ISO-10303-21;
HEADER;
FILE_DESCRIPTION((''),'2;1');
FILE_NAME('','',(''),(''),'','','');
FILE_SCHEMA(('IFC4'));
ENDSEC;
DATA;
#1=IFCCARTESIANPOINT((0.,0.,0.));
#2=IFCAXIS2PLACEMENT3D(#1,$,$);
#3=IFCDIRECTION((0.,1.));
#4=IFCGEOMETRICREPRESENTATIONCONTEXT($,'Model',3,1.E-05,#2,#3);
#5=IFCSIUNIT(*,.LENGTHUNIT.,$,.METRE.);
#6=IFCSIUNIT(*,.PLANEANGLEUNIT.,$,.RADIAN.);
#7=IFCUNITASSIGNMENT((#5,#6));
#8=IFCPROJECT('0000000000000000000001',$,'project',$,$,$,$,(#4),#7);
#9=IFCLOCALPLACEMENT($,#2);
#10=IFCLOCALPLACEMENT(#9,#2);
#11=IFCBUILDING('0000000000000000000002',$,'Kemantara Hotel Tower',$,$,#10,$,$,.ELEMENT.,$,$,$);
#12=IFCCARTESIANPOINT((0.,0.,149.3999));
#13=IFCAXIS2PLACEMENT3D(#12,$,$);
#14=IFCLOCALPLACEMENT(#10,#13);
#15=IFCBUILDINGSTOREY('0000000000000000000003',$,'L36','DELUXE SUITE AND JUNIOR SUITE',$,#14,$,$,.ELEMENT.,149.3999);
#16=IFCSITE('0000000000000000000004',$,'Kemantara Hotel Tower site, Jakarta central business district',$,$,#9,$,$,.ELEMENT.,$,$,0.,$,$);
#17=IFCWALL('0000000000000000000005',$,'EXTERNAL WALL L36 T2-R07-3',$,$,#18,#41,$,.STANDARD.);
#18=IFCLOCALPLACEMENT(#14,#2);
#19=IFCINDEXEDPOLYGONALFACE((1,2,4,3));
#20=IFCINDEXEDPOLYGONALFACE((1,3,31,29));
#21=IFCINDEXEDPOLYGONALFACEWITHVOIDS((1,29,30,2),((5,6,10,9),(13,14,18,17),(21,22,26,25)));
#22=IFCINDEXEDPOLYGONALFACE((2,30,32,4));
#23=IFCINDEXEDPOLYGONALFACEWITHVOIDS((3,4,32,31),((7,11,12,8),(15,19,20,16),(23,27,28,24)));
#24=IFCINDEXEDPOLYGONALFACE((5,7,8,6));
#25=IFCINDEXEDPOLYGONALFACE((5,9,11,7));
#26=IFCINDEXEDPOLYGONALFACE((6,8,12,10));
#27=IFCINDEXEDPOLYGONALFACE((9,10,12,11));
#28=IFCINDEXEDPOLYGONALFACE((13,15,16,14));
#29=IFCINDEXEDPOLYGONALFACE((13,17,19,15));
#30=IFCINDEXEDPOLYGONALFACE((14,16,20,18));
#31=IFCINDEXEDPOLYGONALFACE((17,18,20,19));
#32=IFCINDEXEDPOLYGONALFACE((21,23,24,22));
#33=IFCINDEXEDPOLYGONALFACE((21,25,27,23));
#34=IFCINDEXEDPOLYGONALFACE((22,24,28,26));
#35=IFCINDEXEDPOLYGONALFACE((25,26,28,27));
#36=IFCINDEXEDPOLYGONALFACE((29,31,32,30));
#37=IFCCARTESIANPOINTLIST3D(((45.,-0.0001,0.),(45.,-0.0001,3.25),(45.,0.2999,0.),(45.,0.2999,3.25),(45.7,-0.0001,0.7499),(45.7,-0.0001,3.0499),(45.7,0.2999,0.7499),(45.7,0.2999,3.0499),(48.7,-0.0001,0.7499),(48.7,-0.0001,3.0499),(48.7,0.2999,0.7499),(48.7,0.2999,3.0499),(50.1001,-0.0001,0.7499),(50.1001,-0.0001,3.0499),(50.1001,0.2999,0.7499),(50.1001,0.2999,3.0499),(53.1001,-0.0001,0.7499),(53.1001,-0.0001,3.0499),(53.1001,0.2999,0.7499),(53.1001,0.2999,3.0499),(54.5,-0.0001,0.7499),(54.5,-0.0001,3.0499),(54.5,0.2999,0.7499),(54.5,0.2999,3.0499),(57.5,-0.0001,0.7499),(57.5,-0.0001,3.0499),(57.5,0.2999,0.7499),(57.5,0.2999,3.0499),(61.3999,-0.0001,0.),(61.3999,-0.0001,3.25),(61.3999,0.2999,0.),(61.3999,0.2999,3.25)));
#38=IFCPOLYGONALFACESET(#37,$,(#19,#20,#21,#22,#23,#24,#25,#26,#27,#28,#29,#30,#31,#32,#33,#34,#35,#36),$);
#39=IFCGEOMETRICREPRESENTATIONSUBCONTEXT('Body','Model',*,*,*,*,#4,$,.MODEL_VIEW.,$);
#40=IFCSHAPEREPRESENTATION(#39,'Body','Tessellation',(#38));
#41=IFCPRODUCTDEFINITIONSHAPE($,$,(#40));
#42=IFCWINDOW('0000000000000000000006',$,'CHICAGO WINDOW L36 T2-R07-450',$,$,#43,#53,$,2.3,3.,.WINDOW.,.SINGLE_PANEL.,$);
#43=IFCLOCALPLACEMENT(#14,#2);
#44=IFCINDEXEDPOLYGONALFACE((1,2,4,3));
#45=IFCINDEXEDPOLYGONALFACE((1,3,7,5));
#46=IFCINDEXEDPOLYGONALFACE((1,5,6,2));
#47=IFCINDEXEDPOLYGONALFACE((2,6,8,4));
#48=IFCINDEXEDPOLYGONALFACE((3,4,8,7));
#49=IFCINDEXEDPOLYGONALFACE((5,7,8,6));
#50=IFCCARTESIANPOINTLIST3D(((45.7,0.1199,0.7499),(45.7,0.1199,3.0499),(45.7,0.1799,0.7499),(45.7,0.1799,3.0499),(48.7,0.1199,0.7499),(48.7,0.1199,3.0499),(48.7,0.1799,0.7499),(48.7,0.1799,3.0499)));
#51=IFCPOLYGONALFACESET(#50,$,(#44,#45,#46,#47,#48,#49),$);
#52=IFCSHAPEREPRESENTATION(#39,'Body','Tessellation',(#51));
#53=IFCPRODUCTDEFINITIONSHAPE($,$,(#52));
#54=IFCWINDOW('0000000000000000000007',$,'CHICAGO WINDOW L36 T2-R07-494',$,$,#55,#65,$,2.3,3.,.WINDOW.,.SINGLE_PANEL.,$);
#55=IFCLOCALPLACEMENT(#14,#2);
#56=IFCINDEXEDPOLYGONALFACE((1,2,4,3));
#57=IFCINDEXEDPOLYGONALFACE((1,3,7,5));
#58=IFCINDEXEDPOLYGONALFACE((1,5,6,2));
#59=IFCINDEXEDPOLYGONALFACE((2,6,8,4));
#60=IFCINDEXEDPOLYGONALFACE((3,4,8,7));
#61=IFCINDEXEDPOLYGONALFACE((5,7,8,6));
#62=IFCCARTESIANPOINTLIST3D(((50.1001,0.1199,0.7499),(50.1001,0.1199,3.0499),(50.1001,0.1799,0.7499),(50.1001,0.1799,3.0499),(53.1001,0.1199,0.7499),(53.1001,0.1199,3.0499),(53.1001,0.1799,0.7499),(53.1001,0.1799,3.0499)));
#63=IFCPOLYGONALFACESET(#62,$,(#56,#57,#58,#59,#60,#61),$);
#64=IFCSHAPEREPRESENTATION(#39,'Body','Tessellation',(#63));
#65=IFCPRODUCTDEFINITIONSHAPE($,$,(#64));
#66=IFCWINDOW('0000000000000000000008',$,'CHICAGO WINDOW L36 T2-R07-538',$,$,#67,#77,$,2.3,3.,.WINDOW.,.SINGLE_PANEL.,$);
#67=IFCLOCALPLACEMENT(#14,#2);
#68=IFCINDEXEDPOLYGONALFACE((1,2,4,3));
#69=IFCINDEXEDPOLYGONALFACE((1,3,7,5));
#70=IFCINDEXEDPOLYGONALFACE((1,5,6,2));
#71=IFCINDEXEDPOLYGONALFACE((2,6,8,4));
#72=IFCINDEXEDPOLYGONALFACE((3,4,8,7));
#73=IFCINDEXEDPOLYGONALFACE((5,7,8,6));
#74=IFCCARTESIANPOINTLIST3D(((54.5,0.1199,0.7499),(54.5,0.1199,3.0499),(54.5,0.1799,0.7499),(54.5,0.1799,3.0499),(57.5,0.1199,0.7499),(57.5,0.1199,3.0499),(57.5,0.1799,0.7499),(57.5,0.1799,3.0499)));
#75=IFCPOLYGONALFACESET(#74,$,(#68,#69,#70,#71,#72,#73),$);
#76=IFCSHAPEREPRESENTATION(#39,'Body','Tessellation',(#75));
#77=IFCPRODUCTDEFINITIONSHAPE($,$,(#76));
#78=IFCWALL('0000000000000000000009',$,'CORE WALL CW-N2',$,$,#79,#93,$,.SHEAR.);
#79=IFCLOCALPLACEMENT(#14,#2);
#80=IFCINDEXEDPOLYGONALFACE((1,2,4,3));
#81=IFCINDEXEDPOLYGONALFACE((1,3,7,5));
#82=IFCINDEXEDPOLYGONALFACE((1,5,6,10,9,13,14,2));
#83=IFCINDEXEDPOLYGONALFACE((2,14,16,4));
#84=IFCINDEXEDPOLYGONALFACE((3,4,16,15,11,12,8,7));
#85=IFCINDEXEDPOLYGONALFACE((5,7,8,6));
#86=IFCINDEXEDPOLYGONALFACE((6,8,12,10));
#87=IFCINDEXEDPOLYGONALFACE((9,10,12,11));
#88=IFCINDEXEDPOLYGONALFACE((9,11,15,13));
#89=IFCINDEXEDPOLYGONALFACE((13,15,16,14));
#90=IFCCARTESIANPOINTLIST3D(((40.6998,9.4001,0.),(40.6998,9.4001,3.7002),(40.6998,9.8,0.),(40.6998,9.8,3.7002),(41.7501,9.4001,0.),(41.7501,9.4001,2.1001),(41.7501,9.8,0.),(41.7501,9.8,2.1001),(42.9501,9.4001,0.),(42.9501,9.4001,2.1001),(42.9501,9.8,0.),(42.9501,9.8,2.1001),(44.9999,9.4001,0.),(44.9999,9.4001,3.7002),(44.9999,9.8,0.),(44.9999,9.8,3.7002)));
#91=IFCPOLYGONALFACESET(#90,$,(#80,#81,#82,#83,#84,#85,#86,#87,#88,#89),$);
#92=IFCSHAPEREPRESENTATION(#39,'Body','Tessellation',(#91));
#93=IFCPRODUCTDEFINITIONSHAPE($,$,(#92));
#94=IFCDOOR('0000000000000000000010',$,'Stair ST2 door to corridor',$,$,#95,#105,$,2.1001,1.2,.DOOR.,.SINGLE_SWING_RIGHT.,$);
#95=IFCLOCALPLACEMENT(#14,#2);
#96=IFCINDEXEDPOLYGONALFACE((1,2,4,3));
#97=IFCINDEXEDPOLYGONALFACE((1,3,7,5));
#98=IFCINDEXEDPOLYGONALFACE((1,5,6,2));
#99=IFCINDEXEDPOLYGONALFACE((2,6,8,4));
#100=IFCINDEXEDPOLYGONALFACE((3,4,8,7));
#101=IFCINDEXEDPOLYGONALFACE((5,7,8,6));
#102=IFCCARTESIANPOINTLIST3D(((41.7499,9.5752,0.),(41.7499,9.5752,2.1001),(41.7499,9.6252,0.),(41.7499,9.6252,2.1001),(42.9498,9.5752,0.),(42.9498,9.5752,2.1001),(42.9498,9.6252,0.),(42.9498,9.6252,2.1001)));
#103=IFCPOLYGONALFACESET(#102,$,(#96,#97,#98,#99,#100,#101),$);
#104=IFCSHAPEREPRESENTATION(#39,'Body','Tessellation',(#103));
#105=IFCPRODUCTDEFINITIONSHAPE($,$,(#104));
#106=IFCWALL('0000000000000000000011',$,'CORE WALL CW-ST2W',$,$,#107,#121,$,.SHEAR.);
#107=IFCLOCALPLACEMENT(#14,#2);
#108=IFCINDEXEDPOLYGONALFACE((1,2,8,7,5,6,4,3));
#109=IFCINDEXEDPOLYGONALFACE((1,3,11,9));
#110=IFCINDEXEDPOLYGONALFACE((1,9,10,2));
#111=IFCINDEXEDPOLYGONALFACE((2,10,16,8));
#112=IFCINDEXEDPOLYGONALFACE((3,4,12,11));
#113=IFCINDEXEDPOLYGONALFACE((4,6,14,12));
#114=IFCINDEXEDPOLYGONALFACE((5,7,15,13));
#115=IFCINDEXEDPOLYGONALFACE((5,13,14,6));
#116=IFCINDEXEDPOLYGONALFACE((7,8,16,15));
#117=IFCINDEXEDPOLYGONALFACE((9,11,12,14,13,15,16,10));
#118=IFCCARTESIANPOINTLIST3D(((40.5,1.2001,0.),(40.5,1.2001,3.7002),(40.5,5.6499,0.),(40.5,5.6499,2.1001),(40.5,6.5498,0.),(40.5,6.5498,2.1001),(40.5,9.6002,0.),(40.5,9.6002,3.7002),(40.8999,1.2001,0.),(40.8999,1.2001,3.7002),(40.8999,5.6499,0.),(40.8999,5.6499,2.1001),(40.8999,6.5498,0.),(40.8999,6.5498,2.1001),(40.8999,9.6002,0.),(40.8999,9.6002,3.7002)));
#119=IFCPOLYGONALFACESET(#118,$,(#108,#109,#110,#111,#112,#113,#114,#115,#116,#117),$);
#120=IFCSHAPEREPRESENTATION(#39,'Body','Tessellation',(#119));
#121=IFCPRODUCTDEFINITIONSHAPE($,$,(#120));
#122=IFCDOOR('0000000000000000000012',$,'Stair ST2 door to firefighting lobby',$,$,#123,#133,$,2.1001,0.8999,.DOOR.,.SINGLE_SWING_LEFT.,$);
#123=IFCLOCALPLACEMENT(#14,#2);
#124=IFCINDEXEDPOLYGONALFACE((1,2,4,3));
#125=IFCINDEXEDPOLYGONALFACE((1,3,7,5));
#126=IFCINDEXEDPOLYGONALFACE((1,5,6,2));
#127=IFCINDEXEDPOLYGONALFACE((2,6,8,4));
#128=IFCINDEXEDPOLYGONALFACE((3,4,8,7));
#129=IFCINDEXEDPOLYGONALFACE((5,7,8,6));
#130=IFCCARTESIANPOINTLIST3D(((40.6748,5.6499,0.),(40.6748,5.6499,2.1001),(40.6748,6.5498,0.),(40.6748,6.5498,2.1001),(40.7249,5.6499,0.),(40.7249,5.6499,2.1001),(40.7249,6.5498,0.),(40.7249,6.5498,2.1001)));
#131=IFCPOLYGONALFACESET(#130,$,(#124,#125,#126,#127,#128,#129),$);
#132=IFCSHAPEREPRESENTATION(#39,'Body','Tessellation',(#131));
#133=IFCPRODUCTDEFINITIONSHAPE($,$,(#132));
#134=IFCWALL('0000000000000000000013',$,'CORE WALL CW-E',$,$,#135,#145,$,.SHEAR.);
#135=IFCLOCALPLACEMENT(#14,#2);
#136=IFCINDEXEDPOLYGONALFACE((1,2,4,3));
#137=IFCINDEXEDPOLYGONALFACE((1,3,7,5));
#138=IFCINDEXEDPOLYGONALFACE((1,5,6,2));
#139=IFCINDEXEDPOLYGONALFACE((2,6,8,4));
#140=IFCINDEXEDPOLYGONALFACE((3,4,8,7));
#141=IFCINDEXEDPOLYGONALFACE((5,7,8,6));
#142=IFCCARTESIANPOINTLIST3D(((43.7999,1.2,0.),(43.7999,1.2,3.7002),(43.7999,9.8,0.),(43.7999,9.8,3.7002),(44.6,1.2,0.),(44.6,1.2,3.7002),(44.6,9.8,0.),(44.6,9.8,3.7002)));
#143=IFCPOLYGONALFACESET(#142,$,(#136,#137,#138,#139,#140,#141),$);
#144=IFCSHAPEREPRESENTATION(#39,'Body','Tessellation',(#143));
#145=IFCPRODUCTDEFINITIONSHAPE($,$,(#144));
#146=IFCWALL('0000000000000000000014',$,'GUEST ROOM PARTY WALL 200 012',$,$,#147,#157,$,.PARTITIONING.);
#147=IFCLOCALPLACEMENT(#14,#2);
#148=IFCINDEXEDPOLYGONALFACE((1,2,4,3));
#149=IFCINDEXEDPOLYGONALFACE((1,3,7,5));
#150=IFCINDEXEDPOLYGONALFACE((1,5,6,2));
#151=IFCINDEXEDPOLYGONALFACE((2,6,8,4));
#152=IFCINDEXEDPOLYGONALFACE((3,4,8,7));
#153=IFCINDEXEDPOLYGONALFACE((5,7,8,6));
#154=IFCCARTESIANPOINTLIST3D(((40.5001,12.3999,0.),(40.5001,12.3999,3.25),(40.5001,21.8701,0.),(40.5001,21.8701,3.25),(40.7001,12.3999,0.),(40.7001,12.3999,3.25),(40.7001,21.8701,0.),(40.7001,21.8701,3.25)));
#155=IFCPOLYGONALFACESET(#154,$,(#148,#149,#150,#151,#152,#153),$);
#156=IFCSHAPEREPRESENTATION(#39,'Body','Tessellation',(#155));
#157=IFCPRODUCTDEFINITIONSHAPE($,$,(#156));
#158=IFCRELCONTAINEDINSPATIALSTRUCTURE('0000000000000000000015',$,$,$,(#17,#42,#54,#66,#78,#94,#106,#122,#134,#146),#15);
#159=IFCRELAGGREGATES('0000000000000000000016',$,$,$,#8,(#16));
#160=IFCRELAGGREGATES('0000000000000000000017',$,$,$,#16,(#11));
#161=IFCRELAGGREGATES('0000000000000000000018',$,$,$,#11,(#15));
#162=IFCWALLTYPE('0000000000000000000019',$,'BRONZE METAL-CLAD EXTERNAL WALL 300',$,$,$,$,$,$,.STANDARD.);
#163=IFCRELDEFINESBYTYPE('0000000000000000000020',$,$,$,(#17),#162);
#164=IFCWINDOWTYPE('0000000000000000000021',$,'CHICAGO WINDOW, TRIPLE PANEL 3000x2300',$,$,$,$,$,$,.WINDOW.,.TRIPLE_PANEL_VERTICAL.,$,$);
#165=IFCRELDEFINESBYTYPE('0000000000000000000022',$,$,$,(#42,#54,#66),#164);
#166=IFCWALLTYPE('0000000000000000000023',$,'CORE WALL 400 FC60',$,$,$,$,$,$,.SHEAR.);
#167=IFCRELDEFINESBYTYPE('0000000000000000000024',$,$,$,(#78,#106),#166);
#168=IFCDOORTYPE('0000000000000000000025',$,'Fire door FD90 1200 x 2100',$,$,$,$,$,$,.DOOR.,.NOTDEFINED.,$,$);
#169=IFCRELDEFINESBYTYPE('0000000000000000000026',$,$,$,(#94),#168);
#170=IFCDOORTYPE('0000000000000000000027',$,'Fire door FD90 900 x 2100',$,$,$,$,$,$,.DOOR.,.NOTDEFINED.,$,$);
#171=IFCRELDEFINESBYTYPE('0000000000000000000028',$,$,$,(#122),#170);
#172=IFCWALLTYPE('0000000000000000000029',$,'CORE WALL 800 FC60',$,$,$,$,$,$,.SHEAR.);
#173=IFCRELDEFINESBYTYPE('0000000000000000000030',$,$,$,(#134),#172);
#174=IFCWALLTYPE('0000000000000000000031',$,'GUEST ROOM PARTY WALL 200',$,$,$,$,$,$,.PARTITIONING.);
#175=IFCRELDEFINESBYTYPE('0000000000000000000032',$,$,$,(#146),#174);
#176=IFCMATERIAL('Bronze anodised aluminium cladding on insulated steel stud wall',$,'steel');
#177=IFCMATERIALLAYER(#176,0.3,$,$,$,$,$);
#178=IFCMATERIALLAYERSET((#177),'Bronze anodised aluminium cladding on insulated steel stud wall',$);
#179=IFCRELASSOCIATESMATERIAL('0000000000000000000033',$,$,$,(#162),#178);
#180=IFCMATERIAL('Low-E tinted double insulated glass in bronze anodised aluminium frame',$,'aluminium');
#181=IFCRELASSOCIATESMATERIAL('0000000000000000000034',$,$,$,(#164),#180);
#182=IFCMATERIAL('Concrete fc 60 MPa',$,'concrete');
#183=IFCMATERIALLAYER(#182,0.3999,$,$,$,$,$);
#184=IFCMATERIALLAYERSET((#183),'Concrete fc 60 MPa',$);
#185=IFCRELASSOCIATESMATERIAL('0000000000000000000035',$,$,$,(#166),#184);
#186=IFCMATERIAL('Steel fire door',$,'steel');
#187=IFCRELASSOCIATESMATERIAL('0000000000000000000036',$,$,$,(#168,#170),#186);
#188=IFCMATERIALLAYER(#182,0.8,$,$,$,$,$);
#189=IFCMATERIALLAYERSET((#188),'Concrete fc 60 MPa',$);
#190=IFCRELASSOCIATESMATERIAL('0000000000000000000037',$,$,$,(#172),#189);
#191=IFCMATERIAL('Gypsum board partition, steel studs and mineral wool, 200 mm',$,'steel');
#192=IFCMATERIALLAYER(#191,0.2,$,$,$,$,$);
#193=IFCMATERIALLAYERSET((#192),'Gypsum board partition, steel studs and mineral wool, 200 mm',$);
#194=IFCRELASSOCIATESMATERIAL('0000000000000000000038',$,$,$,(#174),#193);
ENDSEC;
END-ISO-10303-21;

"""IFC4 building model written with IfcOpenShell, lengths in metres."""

from ifc_helpers import new_model, si_unit, direction, frame, frame_2d, origin, place, context, subcontext, project, spatial, rectangle, extrude, material, layer, layer_set, type_object, element, fill, save


model = new_model("IFC4")

# Units and contexts
model_context = context("Model", 3, precision=1e-05, world=origin(), true_north=direction((0.0, 1.0)))
body_context = subcontext(model_context, "Body", "Model", "MODEL_VIEW")
ifc_project = project(units=[si_unit("LENGTHUNIT", "METRE"), si_unit("PLANEANGLEUNIT", "RADIAN")], contexts=[model_context])

# Site, building, storey
site_placement = place(None, origin())
site = spatial("IfcSite", under=ifc_project, at=site_placement, Name="Kemantara Hotel Tower site, Jakarta central business district", CompositionType="ELEMENT", RefElevation=0.0)
building_placement = place(site_placement, origin())
building = spatial("IfcBuilding", under=site, at=building_placement, Name="Kemantara Hotel Tower", CompositionType="ELEMENT")
storey_placement = place(building_placement, frame((0.0, 0.0, 149.3999)))
storey = spatial("IfcBuildingStorey", under=building, at=storey_placement, Name="L36", Description="DELUXE SUITE AND JUNIOR SUITE", CompositionType="ELEMENT", Elevation=149.3999)

# Wall, openings, windows
ifc_material_1 = material(Name="Bronze anodised aluminium cladding on insulated steel stud wall", Category="steel")
ifc_layer_1 = layer(ifc_material_1, 0.3)
ifc_layer_set_1 = layer_set([ifc_layer_1], Name="Bronze anodised aluminium cladding on insulated steel stud wall")
wall_type_1 = type_object("IfcWallType", Name="BRONZE METAL-CLAD EXTERNAL WALL 300", PredefinedType="STANDARD", material=ifc_layer_set_1)
wall_1_placement = place(storey_placement, frame((45.0, 0.1499, 0.0), z_axis=(0.0, 0.0, 1.0), x_axis=(1.0, 0.0, 0.0)))
wall_1 = element("IfcWall", 1, at=wall_1_placement, inside=storey, type_object=wall_type_1, Name="EXTERNAL WALL L36 T2-R07-3", PredefinedType="STANDARD", context=body_context, shape_type="SweptSolid", body=[
    extrude(rectangle(XDim=16.3999, YDim=0.3, at=frame_2d((8.2, 0.0))), origin(), (0.0, 0.0, 1.0), 3.25),
])
opening_1_placement = place(wall_1_placement, frame((0.7, 0.0, 0.75)))
opening_1 = element("IfcOpeningElement", 2, at=opening_1_placement, cuts=wall_1, PredefinedType="OPENING", context=body_context, shape_type="SweptSolid", body=[
    extrude(rectangle(XDim=3.0, YDim=2.3, at=frame_2d((1.5, 1.1499))), frame((0.0, 0.1599, 0.0), z_axis=(0.0, -1.0, 0.0), x_axis=(1.0, 0.0, 0.0)), (0.0, 0.0, 1.0), 0.3201),
])
opening_2_placement = place(wall_1_placement, frame((5.1001, 0.0, 0.75)))
opening_2 = element("IfcOpeningElement", 3, at=opening_2_placement, cuts=wall_1, PredefinedType="OPENING", context=body_context, shape_type="SweptSolid", body=[
    extrude(rectangle(XDim=3.0, YDim=2.3, at=frame_2d((1.5, 1.1499))), frame((0.0, 0.1599, 0.0), z_axis=(0.0, -1.0, 0.0), x_axis=(1.0, 0.0, 0.0)), (0.0, 0.0, 1.0), 0.3201),
])
opening_3_placement = place(wall_1_placement, frame((9.5, 0.0, 0.75)))
opening_3 = element("IfcOpeningElement", 4, at=opening_3_placement, cuts=wall_1, PredefinedType="OPENING", context=body_context, shape_type="SweptSolid", body=[
    extrude(rectangle(XDim=3.0, YDim=2.3, at=frame_2d((1.5, 1.1499))), frame((0.0, 0.1599, 0.0), z_axis=(0.0, -1.0, 0.0), x_axis=(1.0, 0.0, 0.0)), (0.0, 0.0, 1.0), 0.3201),
])
ifc_material_2 = material(Name="Low-E tinted double insulated glass in bronze anodised aluminium frame", Category="aluminium")
window_type = type_object("IfcWindowType", Name="CHICAGO WINDOW, TRIPLE PANEL 3000x2300", PartitioningType="TRIPLE_PANEL_VERTICAL", PredefinedType="WINDOW", material=ifc_material_2)
window_1_placement = place(opening_1_placement, origin())
window_1 = element("IfcWindow", 5, at=window_1_placement, inside=storey, type_object=window_type, Name="CHICAGO WINDOW L36 T2-R07-450", OverallHeight=2.3, OverallWidth=3.0, PartitioningType="SINGLE_PANEL", PredefinedType="WINDOW", context=body_context, shape_type="SweptSolid", body=[
    extrude(rectangle(XDim=3.0, YDim=2.3, at=frame_2d((1.5, 1.1499))), frame((0.0, 0.03, 0.0), z_axis=(0.0, -1.0, 0.0), x_axis=(1.0, 0.0, 0.0)), (0.0, 0.0, 1.0), 0.0601),
])
fill(opening_1, window_1)
window_2_placement = place(opening_2_placement, origin())
window_2 = element("IfcWindow", 6, at=window_2_placement, inside=storey, type_object=window_type, Name="CHICAGO WINDOW L36 T2-R07-494", OverallHeight=2.3, OverallWidth=3.0, PartitioningType="SINGLE_PANEL", PredefinedType="WINDOW", context=body_context, shape_type="SweptSolid", body=[
    extrude(rectangle(XDim=3.0, YDim=2.3, at=frame_2d((1.5, 1.1499))), frame((0.0, 0.03, 0.0), z_axis=(0.0, -1.0, 0.0), x_axis=(1.0, 0.0, 0.0)), (0.0, 0.0, 1.0), 0.0601),
])
fill(opening_2, window_2)
window_3_placement = place(opening_3_placement, origin())
window_3 = element("IfcWindow", 7, at=window_3_placement, inside=storey, type_object=window_type, Name="CHICAGO WINDOW L36 T2-R07-538", OverallHeight=2.3, OverallWidth=3.0, PartitioningType="SINGLE_PANEL", PredefinedType="WINDOW", context=body_context, shape_type="SweptSolid", body=[
    extrude(rectangle(XDim=3.0, YDim=2.3, at=frame_2d((1.5, 1.1499))), frame((0.0, 0.03, 0.0), z_axis=(0.0, -1.0, 0.0), x_axis=(1.0, 0.0, 0.0)), (0.0, 0.0, 1.0), 0.0601),
])
fill(opening_3, window_3)

# Walls, openings, doors
ifc_material_3 = material(Name="Concrete fc 60 MPa", Category="concrete")
ifc_layer_2 = layer(ifc_material_3, 0.3999)
ifc_layer_set_2 = layer_set([ifc_layer_2], Name="Concrete fc 60 MPa")
wall_type_2 = type_object("IfcWallType", Name="CORE WALL 400 FC60", PredefinedType="SHEAR", material=ifc_layer_set_2)
wall_2_placement = place(storey_placement, frame((40.7, 9.6001, 0.0), z_axis=(0.0, 0.0, 1.0), x_axis=(1.0, 0.0, 0.0)))
wall_2 = element("IfcWall", 8, at=wall_2_placement, inside=storey, type_object=wall_type_2, Name="CORE WALL CW-N2", PredefinedType="SHEAR", context=body_context, shape_type="SweptSolid", body=[
    extrude(rectangle(XDim=4.3, YDim=0.3999, at=frame_2d((2.1499, 0.0))), origin(), (0.0, 0.0, 1.0), 3.7002),
])
opening_4_placement = place(wall_2_placement, frame((1.05, 0.0, 0.0)))
opening_4 = element("IfcOpeningElement", 9, at=opening_4_placement, cuts=wall_2, PredefinedType="OPENING", context=body_context, shape_type="SweptSolid", body=[
    extrude(rectangle(XDim=1.2, YDim=2.1001, at=frame_2d((0.6001, 1.05))), frame((0.0, 0.21, 0.0), z_axis=(0.0, -1.0, 0.0), x_axis=(1.0, 0.0, 0.0)), (0.0, 0.0, 1.0), 0.4199),
])
ifc_material_4 = material(Name="Steel fire door", Category="steel")
door_type_1 = type_object("IfcDoorType", Name="Fire door FD90 1200 x 2100", OperationType="NOTDEFINED", PredefinedType="DOOR", material=ifc_material_4)
door_1_placement = place(opening_4_placement, frame((1.2, 0.0, 0.0), z_axis=(0.0, 0.0, 1.0), x_axis=(-1.0, 0.0, 0.0)))
door_1 = element("IfcDoor", 10, at=door_1_placement, inside=storey, type_object=door_type_1, Name="Stair ST2 door to corridor", OperationType="SINGLE_SWING_RIGHT", OverallHeight=2.1001, OverallWidth=1.2, PredefinedType="DOOR", context=body_context, shape_type="SweptSolid", body=[
    extrude(rectangle(XDim=1.2, YDim=2.1001, at=frame_2d((0.6001, 1.05))), frame((0.0, 0.0249, 0.0), z_axis=(0.0, -1.0, 0.0), x_axis=(1.0, 0.0, 0.0)), (0.0, 0.0, 1.0), 0.05),
])
fill(opening_4, door_1)
wall_3_placement = place(storey_placement, frame((40.7, 1.2, 0.0), z_axis=(0.0, 0.0, 1.0), x_axis=(0.0, 1.0, 0.0)))
wall_3 = element("IfcWall", 11, at=wall_3_placement, inside=storey, type_object=wall_type_2, Name="CORE WALL CW-ST2W", PredefinedType="SHEAR", context=body_context, shape_type="SweptSolid", body=[
    extrude(rectangle(XDim=8.4001, YDim=0.3999, at=frame_2d((4.2002, 0.0))), origin(), (0.0, 0.0, 1.0), 3.7002),
])
opening_5_placement = place(wall_3_placement, frame((4.45, 0.0, 0.0)))
opening_5 = element("IfcOpeningElement", 12, at=opening_5_placement, cuts=wall_3, PredefinedType="OPENING", context=body_context, shape_type="SweptSolid", body=[
    extrude(rectangle(XDim=0.8999, YDim=2.1001, at=frame_2d((0.45, 1.05))), frame((0.0, 0.21, 0.0), z_axis=(0.0, -1.0, 0.0), x_axis=(1.0, 0.0, 0.0)), (0.0, 0.0, 1.0), 0.4199),
])
door_type_2 = type_object("IfcDoorType", Name="Fire door FD90 900 x 2100", OperationType="NOTDEFINED", PredefinedType="DOOR", material=ifc_material_4)
door_2_placement = place(opening_5_placement, frame((0.8999, 0.0, 0.0), z_axis=(0.0, 0.0, 1.0), x_axis=(-1.0, 0.0, 0.0)))
door_2 = element("IfcDoor", 13, at=door_2_placement, inside=storey, type_object=door_type_2, Name="Stair ST2 door to firefighting lobby", OperationType="SINGLE_SWING_LEFT", OverallHeight=2.1001, OverallWidth=0.8999, PredefinedType="DOOR", context=body_context, shape_type="SweptSolid", body=[
    extrude(rectangle(XDim=0.8999, YDim=2.1001, at=frame_2d((0.45, 1.05))), frame((0.0, 0.0249, 0.0), z_axis=(0.0, -1.0, 0.0), x_axis=(1.0, 0.0, 0.0)), (0.0, 0.0, 1.0), 0.05),
])
fill(opening_5, door_2)

# Walls
ifc_layer_3 = layer(ifc_material_3, 0.8)
ifc_layer_set_3 = layer_set([ifc_layer_3], Name="Concrete fc 60 MPa")
wall_type_3 = type_object("IfcWallType", Name="CORE WALL 800 FC60", PredefinedType="SHEAR", material=ifc_layer_set_3)
wall_4_placement = place(storey_placement, frame((44.2, 1.2, 0.0), z_axis=(0.0, 0.0, 1.0), x_axis=(0.0, 1.0, 0.0)))
element("IfcWall", 14, at=wall_4_placement, inside=storey, type_object=wall_type_3, Name="CORE WALL CW-E", PredefinedType="SHEAR", context=body_context, shape_type="SweptSolid", body=[
    extrude(rectangle(XDim=8.6001, YDim=0.8, at=frame_2d((4.3, 0.0))), origin(), (0.0, 0.0, 1.0), 3.7002),
])
ifc_material_5 = material(Name="Gypsum board partition, steel studs and mineral wool, 200 mm", Category="steel")
ifc_layer_4 = layer(ifc_material_5, 0.2)
ifc_layer_set_4 = layer_set([ifc_layer_4], Name="Gypsum board partition, steel studs and mineral wool, 200 mm")
wall_type_4 = type_object("IfcWallType", Name="GUEST ROOM PARTY WALL 200", PredefinedType="PARTITIONING", material=ifc_layer_set_4)
wall_5_placement = place(storey_placement, frame((40.6001, 12.3999, 0.0), z_axis=(0.0, 0.0, 1.0), x_axis=(0.0, 1.0, 0.0)))
element("IfcWall", 15, at=wall_5_placement, inside=storey, type_object=wall_type_4, Name="GUEST ROOM PARTY WALL 200 012", PredefinedType="PARTITIONING", context=body_context, shape_type="SweptSolid", body=[
    extrude(rectangle(XDim=9.4702, YDim=0.2, at=frame_2d((4.7351, 0.0))), origin(), (0.0, 0.0, 1.0), 3.25),
])

save(model, "model.ifc")
